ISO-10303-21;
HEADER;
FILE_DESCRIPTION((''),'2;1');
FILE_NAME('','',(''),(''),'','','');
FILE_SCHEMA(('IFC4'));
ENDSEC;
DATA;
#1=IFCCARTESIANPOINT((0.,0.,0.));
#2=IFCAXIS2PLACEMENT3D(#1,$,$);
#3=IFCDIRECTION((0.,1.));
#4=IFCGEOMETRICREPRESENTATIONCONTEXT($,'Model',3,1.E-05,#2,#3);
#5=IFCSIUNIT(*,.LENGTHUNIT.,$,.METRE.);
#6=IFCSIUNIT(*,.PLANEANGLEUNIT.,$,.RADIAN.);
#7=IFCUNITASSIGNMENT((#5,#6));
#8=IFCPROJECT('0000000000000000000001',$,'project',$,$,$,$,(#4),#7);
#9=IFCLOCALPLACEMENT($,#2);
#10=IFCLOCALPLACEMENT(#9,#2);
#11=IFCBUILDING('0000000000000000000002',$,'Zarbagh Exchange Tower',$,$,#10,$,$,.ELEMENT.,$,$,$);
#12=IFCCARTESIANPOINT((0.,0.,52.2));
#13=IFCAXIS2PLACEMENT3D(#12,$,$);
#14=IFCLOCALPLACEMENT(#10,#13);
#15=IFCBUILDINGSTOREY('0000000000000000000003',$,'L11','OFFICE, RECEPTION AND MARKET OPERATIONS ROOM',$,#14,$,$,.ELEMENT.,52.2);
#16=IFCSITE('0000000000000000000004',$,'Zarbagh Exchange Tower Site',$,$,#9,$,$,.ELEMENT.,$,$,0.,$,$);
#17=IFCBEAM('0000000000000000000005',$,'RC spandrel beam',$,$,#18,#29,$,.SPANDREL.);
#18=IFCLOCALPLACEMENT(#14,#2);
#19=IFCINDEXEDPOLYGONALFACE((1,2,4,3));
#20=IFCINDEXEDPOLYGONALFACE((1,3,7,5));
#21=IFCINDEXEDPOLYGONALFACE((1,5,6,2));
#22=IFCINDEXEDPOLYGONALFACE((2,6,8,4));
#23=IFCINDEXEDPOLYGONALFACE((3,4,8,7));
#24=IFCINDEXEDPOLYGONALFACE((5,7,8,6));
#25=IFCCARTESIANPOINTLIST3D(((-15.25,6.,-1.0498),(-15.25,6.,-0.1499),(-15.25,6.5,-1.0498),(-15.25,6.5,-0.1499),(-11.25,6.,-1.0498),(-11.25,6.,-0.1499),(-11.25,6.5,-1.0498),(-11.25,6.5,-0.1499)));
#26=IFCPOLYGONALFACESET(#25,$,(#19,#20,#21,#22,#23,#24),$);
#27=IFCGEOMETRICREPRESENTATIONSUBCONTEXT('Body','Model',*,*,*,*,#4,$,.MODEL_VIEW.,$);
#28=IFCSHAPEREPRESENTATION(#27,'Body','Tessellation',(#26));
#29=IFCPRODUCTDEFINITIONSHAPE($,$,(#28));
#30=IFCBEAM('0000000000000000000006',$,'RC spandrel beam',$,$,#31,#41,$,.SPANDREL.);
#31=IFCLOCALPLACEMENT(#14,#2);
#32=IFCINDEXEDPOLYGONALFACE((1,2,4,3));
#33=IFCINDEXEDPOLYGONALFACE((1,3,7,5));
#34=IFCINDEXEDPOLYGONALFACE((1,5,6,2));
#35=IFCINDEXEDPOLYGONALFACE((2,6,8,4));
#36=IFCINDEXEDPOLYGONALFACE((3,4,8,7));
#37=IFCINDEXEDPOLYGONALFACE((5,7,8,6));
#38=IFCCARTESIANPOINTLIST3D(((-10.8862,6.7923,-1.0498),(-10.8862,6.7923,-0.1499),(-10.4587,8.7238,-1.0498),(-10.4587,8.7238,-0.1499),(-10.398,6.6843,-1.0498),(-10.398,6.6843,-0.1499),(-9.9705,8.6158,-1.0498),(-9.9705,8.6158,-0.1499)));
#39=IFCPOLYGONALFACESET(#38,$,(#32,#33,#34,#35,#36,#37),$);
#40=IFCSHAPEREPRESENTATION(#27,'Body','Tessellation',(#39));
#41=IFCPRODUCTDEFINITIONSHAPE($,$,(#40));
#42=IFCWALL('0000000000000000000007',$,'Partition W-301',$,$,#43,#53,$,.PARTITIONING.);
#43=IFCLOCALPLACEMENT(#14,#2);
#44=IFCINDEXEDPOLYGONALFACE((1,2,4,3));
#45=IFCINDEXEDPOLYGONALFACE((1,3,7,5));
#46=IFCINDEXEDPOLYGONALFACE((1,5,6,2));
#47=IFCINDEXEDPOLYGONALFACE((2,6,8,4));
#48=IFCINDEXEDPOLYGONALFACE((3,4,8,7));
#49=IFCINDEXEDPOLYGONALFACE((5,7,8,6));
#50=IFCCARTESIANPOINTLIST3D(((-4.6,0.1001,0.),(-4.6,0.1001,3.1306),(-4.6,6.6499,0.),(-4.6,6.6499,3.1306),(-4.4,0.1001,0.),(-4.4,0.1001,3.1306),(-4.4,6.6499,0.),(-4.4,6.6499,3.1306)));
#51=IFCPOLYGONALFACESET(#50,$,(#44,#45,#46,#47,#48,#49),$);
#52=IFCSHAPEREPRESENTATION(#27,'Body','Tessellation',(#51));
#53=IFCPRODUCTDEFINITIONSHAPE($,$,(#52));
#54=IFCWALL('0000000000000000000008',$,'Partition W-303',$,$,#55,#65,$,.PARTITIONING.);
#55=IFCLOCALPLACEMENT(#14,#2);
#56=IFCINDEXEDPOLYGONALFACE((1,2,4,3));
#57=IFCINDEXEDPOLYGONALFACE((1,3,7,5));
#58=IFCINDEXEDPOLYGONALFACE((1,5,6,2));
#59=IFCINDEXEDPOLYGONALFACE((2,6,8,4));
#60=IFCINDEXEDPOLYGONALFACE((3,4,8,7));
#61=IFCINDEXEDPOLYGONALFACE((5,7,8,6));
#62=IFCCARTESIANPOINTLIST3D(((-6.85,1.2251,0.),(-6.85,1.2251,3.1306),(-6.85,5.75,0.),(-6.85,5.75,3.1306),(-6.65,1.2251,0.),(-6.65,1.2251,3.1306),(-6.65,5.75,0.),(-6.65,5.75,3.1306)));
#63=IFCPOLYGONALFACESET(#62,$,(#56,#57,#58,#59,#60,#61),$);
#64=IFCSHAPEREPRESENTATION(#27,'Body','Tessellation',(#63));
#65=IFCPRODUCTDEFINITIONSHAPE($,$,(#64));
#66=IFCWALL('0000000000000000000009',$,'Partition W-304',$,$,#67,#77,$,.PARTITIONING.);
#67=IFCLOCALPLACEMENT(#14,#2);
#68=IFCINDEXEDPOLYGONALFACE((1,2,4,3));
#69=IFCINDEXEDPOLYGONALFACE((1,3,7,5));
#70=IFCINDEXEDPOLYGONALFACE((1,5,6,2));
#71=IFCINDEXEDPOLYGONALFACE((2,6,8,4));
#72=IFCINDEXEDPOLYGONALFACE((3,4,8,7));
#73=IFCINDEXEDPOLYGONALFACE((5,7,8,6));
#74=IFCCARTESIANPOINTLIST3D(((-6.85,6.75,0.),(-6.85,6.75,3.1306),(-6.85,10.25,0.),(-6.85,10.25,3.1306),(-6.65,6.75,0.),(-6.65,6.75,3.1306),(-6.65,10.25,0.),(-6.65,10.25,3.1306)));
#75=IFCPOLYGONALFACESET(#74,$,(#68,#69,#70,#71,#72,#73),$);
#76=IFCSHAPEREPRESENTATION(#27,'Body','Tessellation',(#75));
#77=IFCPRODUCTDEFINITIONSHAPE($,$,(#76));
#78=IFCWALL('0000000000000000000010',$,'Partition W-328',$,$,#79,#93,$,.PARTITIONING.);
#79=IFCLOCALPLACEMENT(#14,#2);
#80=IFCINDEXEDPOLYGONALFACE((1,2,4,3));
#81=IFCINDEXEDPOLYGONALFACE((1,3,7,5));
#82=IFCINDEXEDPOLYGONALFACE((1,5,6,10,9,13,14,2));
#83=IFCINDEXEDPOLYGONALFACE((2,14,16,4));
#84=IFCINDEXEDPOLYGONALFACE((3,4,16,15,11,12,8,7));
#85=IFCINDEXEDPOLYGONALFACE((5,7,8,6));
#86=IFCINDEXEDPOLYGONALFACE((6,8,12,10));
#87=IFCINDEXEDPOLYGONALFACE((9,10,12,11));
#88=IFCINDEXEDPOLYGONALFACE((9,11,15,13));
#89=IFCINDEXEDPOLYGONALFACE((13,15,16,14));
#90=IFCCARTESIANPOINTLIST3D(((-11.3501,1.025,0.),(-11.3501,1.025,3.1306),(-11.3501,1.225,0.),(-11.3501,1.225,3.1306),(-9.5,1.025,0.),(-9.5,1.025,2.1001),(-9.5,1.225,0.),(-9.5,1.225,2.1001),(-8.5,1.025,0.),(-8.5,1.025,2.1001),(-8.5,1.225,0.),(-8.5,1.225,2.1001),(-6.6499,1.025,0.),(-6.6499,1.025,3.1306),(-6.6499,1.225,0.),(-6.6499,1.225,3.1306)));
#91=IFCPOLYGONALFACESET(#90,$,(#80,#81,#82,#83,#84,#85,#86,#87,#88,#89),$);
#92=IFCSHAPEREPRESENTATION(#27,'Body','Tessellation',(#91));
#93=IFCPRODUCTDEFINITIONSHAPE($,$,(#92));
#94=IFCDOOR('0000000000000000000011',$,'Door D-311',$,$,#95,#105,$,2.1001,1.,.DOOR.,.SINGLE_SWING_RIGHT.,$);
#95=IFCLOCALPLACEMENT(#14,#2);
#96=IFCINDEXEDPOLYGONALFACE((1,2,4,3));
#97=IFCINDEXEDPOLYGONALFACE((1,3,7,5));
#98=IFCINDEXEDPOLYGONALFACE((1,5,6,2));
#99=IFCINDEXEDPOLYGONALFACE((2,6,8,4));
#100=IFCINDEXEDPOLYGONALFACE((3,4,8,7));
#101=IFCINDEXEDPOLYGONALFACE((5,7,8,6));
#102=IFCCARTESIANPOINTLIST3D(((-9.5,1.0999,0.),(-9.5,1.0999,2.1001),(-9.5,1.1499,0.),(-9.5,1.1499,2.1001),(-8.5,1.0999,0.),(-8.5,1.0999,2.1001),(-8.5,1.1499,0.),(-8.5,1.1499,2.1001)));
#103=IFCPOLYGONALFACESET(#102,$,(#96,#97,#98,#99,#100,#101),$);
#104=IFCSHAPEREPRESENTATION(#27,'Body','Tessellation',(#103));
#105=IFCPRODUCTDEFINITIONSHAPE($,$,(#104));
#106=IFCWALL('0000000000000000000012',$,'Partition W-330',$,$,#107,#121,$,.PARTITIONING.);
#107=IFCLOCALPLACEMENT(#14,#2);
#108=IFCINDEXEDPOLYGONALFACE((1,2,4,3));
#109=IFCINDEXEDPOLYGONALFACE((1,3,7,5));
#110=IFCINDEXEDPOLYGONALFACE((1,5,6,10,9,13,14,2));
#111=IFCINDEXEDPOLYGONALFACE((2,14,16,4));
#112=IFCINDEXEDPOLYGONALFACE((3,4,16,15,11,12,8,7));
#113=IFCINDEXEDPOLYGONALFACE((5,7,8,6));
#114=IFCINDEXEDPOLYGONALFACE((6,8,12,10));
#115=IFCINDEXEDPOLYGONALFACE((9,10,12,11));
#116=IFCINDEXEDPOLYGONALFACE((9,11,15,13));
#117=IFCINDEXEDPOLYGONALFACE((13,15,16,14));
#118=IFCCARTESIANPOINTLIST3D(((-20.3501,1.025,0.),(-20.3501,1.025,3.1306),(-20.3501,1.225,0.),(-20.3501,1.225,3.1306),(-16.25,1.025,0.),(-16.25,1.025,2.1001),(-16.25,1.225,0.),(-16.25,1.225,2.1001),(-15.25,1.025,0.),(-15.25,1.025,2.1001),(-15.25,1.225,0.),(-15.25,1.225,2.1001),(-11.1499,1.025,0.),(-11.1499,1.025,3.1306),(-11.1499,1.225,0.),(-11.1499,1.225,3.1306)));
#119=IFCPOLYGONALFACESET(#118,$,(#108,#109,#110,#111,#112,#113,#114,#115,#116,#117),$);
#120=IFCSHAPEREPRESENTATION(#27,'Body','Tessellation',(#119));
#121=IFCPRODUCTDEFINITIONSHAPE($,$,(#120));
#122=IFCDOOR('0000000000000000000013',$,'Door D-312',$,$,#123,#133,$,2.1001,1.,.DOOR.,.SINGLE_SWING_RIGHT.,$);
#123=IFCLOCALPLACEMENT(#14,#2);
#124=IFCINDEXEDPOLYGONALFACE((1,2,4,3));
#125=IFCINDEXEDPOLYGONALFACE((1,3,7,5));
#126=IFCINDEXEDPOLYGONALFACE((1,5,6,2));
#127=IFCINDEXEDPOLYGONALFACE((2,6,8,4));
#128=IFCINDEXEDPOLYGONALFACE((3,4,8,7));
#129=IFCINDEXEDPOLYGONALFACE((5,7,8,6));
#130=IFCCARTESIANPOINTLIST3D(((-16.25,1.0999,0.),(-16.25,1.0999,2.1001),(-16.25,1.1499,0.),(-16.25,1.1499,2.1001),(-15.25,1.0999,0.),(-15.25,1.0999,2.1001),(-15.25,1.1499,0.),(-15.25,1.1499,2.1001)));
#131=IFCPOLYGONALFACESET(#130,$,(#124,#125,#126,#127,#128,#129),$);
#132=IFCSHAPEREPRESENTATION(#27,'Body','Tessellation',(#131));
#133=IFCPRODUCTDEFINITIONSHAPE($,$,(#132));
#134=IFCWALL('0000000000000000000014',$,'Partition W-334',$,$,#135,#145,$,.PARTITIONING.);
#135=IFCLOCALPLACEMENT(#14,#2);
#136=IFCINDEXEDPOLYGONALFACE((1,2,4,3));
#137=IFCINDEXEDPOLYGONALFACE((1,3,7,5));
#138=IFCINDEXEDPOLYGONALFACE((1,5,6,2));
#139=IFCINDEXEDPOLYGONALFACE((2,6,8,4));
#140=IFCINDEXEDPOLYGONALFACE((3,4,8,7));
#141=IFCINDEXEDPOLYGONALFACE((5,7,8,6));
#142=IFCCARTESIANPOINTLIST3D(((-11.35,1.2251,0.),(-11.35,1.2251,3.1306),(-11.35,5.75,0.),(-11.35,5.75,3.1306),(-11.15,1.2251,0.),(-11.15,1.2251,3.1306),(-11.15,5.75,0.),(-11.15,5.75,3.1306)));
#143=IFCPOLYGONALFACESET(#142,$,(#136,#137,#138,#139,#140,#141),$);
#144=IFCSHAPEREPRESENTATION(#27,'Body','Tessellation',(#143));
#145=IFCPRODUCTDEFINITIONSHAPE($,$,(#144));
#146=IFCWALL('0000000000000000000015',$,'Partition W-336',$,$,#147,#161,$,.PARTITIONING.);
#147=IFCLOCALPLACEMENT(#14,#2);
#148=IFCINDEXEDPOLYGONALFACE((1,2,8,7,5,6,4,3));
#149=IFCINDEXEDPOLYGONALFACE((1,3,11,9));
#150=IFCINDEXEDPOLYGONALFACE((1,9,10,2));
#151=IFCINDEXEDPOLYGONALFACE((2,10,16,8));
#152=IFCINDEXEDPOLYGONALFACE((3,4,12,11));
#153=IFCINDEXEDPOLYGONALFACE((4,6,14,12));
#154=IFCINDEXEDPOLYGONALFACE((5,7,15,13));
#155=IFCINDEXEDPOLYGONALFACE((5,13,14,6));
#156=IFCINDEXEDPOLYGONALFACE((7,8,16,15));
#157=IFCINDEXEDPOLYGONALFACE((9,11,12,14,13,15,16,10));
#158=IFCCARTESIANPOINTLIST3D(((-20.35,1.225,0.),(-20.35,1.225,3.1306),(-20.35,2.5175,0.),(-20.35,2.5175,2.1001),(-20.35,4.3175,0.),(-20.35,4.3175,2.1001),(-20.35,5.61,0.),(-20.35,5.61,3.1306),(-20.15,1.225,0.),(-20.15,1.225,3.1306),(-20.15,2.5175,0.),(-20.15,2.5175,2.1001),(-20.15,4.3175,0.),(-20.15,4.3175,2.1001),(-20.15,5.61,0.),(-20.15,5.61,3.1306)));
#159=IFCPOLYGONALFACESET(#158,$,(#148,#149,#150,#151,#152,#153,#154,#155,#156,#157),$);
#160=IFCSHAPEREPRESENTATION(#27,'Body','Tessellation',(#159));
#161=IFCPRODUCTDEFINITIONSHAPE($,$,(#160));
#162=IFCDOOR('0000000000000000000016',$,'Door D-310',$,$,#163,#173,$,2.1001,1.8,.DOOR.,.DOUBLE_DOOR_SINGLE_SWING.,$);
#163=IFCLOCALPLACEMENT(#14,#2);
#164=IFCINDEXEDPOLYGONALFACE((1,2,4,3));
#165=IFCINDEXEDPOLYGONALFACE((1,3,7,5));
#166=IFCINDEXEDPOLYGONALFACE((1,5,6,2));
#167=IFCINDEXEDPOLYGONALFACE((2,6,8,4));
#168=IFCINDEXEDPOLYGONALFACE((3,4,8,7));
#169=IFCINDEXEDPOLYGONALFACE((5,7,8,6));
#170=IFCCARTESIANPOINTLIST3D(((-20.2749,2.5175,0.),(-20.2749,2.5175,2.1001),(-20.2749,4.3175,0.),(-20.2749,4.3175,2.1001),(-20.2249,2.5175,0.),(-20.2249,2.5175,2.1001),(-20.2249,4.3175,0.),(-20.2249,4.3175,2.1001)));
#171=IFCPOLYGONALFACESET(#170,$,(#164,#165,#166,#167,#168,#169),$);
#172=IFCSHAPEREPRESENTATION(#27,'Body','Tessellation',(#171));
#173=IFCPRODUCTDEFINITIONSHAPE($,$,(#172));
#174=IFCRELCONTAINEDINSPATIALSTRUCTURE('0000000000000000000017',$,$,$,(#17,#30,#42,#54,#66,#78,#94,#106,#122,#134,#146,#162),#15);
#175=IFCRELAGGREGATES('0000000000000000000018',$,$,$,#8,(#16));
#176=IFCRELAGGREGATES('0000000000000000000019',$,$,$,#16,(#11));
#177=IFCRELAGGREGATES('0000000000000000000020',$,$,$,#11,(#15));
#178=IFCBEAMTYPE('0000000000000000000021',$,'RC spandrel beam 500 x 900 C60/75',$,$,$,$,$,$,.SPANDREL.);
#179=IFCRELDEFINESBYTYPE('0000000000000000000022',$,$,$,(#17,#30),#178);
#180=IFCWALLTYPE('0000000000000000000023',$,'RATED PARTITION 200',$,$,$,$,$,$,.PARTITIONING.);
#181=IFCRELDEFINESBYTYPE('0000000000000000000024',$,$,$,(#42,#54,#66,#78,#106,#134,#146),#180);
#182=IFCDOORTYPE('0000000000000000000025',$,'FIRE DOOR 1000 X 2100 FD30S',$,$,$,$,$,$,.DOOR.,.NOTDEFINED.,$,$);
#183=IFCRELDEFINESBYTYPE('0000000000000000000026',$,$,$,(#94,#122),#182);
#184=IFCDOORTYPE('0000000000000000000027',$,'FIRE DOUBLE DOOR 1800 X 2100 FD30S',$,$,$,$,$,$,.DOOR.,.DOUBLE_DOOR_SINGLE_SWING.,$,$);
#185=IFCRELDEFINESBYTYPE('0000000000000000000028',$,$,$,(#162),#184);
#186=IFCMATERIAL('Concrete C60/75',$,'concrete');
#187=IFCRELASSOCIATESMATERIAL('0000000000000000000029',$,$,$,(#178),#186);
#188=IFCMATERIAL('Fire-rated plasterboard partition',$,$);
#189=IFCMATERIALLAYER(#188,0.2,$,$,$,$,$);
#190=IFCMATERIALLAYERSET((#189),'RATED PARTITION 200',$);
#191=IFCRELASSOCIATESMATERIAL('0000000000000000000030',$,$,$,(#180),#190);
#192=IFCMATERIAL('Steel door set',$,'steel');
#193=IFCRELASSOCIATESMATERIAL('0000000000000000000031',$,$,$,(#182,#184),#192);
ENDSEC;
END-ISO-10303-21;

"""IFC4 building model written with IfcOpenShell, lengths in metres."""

from ifc_helpers import new_model, si_unit, direction, frame, frame_2d, origin, origin_2d, place, context, subcontext, project, spatial, rectangle, extrude, material, layer, layer_set, material_profile, profile_set, type_object, element, fill, save


model = new_model("IFC4")

# Units and contexts
model_context = context("Model", 3, precision=1e-05, world=origin(), true_north=direction((0.0, 1.0)))
body_context = subcontext(model_context, "Body", "Model", "MODEL_VIEW")
ifc_project = project(units=[si_unit("LENGTHUNIT", "METRE"), si_unit("PLANEANGLEUNIT", "RADIAN")], contexts=[model_context])

# Site, building, storey
site_placement = place(None, origin())
site = spatial("IfcSite", under=ifc_project, at=site_placement, Name="Zarbagh Exchange Tower Site", CompositionType="ELEMENT", RefElevation=0.0)
building_placement = place(site_placement, origin())
building = spatial("IfcBuilding", under=site, at=building_placement, Name="Zarbagh Exchange Tower", CompositionType="ELEMENT")
storey_placement = place(building_placement, frame((0.0, 0.0, 52.2)))
storey = spatial("IfcBuildingStorey", under=building, at=storey_placement, Name="L11", Description="OFFICE, RECEPTION AND MARKET OPERATIONS ROOM", CompositionType="ELEMENT", Elevation=52.2)

# Shared definitions
ifc_material_1 = material(Name="Concrete C60/75", Category="concrete")

# Beams
ifc_material_profile_1 = material_profile(ifc_material_1, rectangle(XDim=0.5, YDim=0.8999, at=origin_2d()), Name="RC spandrel beam 500 x 900 C60/75")
ifc_profile_set_1 = profile_set([ifc_material_profile_1], Name="Concrete C60/75")
beam_type_1 = type_object("IfcBeamType", Name="RC spandrel beam 500 x 900 C60/75", PredefinedType="SPANDREL", material=ifc_profile_set_1)
beam_1_placement = place(storey_placement, frame((-15.25, 6.25, -0.5999), z_axis=(1.0, 0.0, 0.0), x_axis=(0.0, 1.0, 0.0)))
element("IfcBeam", 1, at=beam_1_placement, inside=storey, type_object=beam_type_1, Name="RC spandrel beam", PredefinedType="SPANDREL", context=body_context, shape_type="SweptSolid", body=[
    extrude(rectangle(XDim=0.5, YDim=0.8999, at=origin_2d()), origin(), (0.0, 0.0, 1.0), 4.0),
])
beam_2_placement = place(storey_placement, frame((-10.6421, 6.7383, -0.5999), z_axis=(0.216081, 0.976375, 0.0), x_axis=(-0.976375, 0.216081, 0.0)))
element("IfcBeam", 2, at=beam_2_placement, inside=storey, type_object=beam_type_1, Name="RC spandrel beam", PredefinedType="SPANDREL", context=body_context, shape_type="SweptSolid", body=[
    extrude(rectangle(XDim=0.5, YDim=0.8999, at=origin_2d()), origin(), (0.0, 0.0, 1.0), 1.9783),
])

# Walls
ifc_material_2 = material(Name="Fire-rated plasterboard partition")
ifc_layer = layer(ifc_material_2, 0.2)
ifc_layer_set = layer_set([ifc_layer], Name="RATED PARTITION 200")
wall_type = type_object("IfcWallType", Name="RATED PARTITION 200", PredefinedType="PARTITIONING", material=ifc_layer_set)
wall_1_placement = place(storey_placement, frame((-4.5, 0.1001, 0.0), z_axis=(0.0, 0.0, 1.0), x_axis=(0.0, 1.0, 0.0)))
element("IfcWall", 3, at=wall_1_placement, inside=storey, type_object=wall_type, Name="Partition W-301", PredefinedType="PARTITIONING", context=body_context, shape_type="SweptSolid", body=[
    extrude(rectangle(XDim=6.5498, YDim=0.2, at=frame_2d((3.2749, 0.0))), origin(), (0.0, 0.0, 1.0), 3.1306),
])
wall_2_placement = place(storey_placement, frame((-6.75, 1.2251, 0.0), z_axis=(0.0, 0.0, 1.0), x_axis=(0.0, 1.0, 0.0)))
element("IfcWall", 4, at=wall_2_placement, inside=storey, type_object=wall_type, Name="Partition W-303", PredefinedType="PARTITIONING", context=body_context, shape_type="SweptSolid", body=[
    extrude(rectangle(XDim=4.5249, YDim=0.2, at=frame_2d((2.2625, 0.0))), origin(), (0.0, 0.0, 1.0), 3.1306),
])
wall_3_placement = place(storey_placement, frame((-6.75, 6.75, 0.0), z_axis=(0.0, 0.0, 1.0), x_axis=(0.0, 1.0, 0.0)))
element("IfcWall", 5, at=wall_3_placement, inside=storey, type_object=wall_type, Name="Partition W-304", PredefinedType="PARTITIONING", context=body_context, shape_type="SweptSolid", body=[
    extrude(rectangle(XDim=3.5, YDim=0.2, at=frame_2d((1.75, 0.0))), origin(), (0.0, 0.0, 1.0), 3.1306),
])

# Walls, openings, doors
wall_4_placement = place(storey_placement, frame((-11.3501, 1.125, 0.0), z_axis=(0.0, 0.0, 1.0), x_axis=(1.0, 0.0, 0.0)))
wall_4 = element("IfcWall", 6, at=wall_4_placement, inside=storey, type_object=wall_type, Name="Partition W-328", PredefinedType="PARTITIONING", context=body_context, shape_type="SweptSolid", body=[
    extrude(rectangle(XDim=4.7002, YDim=0.2, at=frame_2d((2.3501, 0.0))), origin(), (0.0, 0.0, 1.0), 3.1306),
])
opening_1_placement = place(wall_4_placement, frame((1.8501, 0.0, 0.0)))
opening_1 = element("IfcOpeningElement", 7, at=opening_1_placement, cuts=wall_4, PredefinedType="OPENING", context=body_context, shape_type="SweptSolid", body=[
    extrude(rectangle(XDim=1.0, YDim=2.1001, at=frame_2d((0.5, 1.05))), frame((0.0, 0.1099, 0.0), z_axis=(0.0, -1.0, 0.0), x_axis=(1.0, 0.0, 0.0)), (0.0, 0.0, 1.0), 0.22),
])
ifc_material_3 = material(Name="Steel door set", Category="steel")
door_type_1 = type_object("IfcDoorType", Name="FIRE DOOR 1000 X 2100 FD30S", OperationType="NOTDEFINED", PredefinedType="DOOR", material=ifc_material_3)
door_1_placement = place(opening_1_placement, origin())
door_1 = element("IfcDoor", 8, at=door_1_placement, inside=storey, type_object=door_type_1, Name="Door D-311", OperationType="SINGLE_SWING_RIGHT", OverallHeight=2.1001, OverallWidth=1.0, PredefinedType="DOOR", context=body_context, shape_type="SweptSolid", body=[
    extrude(rectangle(XDim=1.0, YDim=2.1001, at=frame_2d((0.5, 1.05))), frame((0.0, 0.0249, 0.0), z_axis=(0.0, -1.0, 0.0), x_axis=(1.0, 0.0, 0.0)), (0.0, 0.0, 1.0), 0.05),
])
fill(opening_1, door_1)
wall_5_placement = place(storey_placement, frame((-20.3501, 1.125, 0.0), z_axis=(0.0, 0.0, 1.0), x_axis=(1.0, 0.0, 0.0)))
wall_5 = element("IfcWall", 9, at=wall_5_placement, inside=storey, type_object=wall_type, Name="Partition W-330", PredefinedType="PARTITIONING", context=body_context, shape_type="SweptSolid", body=[
    extrude(rectangle(XDim=9.2002, YDim=0.2, at=frame_2d((4.6001, 0.0))), origin(), (0.0, 0.0, 1.0), 3.1306),
])
opening_2_placement = place(wall_5_placement, frame((4.1001, 0.0, 0.0)))
opening_2 = element("IfcOpeningElement", 10, at=opening_2_placement, cuts=wall_5, PredefinedType="OPENING", context=body_context, shape_type="SweptSolid", body=[
    extrude(rectangle(XDim=1.0, YDim=2.1001, at=frame_2d((0.5, 1.05))), frame((0.0, 0.1099, 0.0), z_axis=(0.0, -1.0, 0.0), x_axis=(1.0, 0.0, 0.0)), (0.0, 0.0, 1.0), 0.22),
])
door_2_placement = place(opening_2_placement, origin())
door_2 = element("IfcDoor", 11, at=door_2_placement, inside=storey, type_object=door_type_1, Name="Door D-312", OperationType="SINGLE_SWING_RIGHT", OverallHeight=2.1001, OverallWidth=1.0, PredefinedType="DOOR", context=body_context, shape_type="SweptSolid", body=[
    extrude(rectangle(XDim=1.0, YDim=2.1001, at=frame_2d((0.5, 1.05))), frame((0.0, 0.0249, 0.0), z_axis=(0.0, -1.0, 0.0), x_axis=(1.0, 0.0, 0.0)), (0.0, 0.0, 1.0), 0.05),
])
fill(opening_2, door_2)

# Wall
wall_6_placement = place(storey_placement, frame((-11.25, 1.2251, 0.0), z_axis=(0.0, 0.0, 1.0), x_axis=(0.0, 1.0, 0.0)))
element("IfcWall", 12, at=wall_6_placement, inside=storey, type_object=wall_type, Name="Partition W-334", PredefinedType="PARTITIONING", context=body_context, shape_type="SweptSolid", body=[
    extrude(rectangle(XDim=4.5249, YDim=0.2, at=frame_2d((2.2625, 0.0))), origin(), (0.0, 0.0, 1.0), 3.1306),
])

# Wall, opening, door
wall_7_placement = place(storey_placement, frame((-20.25, 1.2251, 0.0), z_axis=(0.0, 0.0, 1.0), x_axis=(0.0, 1.0, 0.0)))
wall_7 = element("IfcWall", 13, at=wall_7_placement, inside=storey, type_object=wall_type, Name="Partition W-336", PredefinedType="PARTITIONING", context=body_context, shape_type="SweptSolid", body=[
    extrude(rectangle(XDim=4.385, YDim=0.2, at=frame_2d((2.1924, 0.0))), origin(), (0.0, 0.0, 1.0), 3.1306),
])
opening_3_placement = place(wall_7_placement, frame((1.2925, 0.0, 0.0)))
opening_3 = element("IfcOpeningElement", 14, at=opening_3_placement, cuts=wall_7, PredefinedType="OPENING", context=body_context, shape_type="SweptSolid", body=[
    extrude(rectangle(XDim=1.8, YDim=2.1001, at=frame_2d((0.8999, 1.05))), frame((0.0, 0.1099, 0.0), z_axis=(0.0, -1.0, 0.0), x_axis=(1.0, 0.0, 0.0)), (0.0, 0.0, 1.0), 0.22),
])
door_type_2 = type_object("IfcDoorType", Name="FIRE DOUBLE DOOR 1800 X 2100 FD30S", OperationType="DOUBLE_DOOR_SINGLE_SWING", PredefinedType="DOOR", material=ifc_material_3)
door_3_placement = place(opening_3_placement, origin())
door_3 = element("IfcDoor", 15, at=door_3_placement, inside=storey, type_object=door_type_2, Name="Door D-310", OperationType="DOUBLE_DOOR_SINGLE_SWING", OverallHeight=2.1001, OverallWidth=1.8, PredefinedType="DOOR", context=body_context, shape_type="SweptSolid", body=[
    extrude(rectangle(XDim=1.8, YDim=2.1001, at=frame_2d((0.8999, 1.05))), frame((0.0, 0.0249, 0.0), z_axis=(0.0, -1.0, 0.0), x_axis=(1.0, 0.0, 0.0)), (0.0, 0.0, 1.0), 0.05),
])
fill(opening_3, door_3)

save(model, "model.ifc")
